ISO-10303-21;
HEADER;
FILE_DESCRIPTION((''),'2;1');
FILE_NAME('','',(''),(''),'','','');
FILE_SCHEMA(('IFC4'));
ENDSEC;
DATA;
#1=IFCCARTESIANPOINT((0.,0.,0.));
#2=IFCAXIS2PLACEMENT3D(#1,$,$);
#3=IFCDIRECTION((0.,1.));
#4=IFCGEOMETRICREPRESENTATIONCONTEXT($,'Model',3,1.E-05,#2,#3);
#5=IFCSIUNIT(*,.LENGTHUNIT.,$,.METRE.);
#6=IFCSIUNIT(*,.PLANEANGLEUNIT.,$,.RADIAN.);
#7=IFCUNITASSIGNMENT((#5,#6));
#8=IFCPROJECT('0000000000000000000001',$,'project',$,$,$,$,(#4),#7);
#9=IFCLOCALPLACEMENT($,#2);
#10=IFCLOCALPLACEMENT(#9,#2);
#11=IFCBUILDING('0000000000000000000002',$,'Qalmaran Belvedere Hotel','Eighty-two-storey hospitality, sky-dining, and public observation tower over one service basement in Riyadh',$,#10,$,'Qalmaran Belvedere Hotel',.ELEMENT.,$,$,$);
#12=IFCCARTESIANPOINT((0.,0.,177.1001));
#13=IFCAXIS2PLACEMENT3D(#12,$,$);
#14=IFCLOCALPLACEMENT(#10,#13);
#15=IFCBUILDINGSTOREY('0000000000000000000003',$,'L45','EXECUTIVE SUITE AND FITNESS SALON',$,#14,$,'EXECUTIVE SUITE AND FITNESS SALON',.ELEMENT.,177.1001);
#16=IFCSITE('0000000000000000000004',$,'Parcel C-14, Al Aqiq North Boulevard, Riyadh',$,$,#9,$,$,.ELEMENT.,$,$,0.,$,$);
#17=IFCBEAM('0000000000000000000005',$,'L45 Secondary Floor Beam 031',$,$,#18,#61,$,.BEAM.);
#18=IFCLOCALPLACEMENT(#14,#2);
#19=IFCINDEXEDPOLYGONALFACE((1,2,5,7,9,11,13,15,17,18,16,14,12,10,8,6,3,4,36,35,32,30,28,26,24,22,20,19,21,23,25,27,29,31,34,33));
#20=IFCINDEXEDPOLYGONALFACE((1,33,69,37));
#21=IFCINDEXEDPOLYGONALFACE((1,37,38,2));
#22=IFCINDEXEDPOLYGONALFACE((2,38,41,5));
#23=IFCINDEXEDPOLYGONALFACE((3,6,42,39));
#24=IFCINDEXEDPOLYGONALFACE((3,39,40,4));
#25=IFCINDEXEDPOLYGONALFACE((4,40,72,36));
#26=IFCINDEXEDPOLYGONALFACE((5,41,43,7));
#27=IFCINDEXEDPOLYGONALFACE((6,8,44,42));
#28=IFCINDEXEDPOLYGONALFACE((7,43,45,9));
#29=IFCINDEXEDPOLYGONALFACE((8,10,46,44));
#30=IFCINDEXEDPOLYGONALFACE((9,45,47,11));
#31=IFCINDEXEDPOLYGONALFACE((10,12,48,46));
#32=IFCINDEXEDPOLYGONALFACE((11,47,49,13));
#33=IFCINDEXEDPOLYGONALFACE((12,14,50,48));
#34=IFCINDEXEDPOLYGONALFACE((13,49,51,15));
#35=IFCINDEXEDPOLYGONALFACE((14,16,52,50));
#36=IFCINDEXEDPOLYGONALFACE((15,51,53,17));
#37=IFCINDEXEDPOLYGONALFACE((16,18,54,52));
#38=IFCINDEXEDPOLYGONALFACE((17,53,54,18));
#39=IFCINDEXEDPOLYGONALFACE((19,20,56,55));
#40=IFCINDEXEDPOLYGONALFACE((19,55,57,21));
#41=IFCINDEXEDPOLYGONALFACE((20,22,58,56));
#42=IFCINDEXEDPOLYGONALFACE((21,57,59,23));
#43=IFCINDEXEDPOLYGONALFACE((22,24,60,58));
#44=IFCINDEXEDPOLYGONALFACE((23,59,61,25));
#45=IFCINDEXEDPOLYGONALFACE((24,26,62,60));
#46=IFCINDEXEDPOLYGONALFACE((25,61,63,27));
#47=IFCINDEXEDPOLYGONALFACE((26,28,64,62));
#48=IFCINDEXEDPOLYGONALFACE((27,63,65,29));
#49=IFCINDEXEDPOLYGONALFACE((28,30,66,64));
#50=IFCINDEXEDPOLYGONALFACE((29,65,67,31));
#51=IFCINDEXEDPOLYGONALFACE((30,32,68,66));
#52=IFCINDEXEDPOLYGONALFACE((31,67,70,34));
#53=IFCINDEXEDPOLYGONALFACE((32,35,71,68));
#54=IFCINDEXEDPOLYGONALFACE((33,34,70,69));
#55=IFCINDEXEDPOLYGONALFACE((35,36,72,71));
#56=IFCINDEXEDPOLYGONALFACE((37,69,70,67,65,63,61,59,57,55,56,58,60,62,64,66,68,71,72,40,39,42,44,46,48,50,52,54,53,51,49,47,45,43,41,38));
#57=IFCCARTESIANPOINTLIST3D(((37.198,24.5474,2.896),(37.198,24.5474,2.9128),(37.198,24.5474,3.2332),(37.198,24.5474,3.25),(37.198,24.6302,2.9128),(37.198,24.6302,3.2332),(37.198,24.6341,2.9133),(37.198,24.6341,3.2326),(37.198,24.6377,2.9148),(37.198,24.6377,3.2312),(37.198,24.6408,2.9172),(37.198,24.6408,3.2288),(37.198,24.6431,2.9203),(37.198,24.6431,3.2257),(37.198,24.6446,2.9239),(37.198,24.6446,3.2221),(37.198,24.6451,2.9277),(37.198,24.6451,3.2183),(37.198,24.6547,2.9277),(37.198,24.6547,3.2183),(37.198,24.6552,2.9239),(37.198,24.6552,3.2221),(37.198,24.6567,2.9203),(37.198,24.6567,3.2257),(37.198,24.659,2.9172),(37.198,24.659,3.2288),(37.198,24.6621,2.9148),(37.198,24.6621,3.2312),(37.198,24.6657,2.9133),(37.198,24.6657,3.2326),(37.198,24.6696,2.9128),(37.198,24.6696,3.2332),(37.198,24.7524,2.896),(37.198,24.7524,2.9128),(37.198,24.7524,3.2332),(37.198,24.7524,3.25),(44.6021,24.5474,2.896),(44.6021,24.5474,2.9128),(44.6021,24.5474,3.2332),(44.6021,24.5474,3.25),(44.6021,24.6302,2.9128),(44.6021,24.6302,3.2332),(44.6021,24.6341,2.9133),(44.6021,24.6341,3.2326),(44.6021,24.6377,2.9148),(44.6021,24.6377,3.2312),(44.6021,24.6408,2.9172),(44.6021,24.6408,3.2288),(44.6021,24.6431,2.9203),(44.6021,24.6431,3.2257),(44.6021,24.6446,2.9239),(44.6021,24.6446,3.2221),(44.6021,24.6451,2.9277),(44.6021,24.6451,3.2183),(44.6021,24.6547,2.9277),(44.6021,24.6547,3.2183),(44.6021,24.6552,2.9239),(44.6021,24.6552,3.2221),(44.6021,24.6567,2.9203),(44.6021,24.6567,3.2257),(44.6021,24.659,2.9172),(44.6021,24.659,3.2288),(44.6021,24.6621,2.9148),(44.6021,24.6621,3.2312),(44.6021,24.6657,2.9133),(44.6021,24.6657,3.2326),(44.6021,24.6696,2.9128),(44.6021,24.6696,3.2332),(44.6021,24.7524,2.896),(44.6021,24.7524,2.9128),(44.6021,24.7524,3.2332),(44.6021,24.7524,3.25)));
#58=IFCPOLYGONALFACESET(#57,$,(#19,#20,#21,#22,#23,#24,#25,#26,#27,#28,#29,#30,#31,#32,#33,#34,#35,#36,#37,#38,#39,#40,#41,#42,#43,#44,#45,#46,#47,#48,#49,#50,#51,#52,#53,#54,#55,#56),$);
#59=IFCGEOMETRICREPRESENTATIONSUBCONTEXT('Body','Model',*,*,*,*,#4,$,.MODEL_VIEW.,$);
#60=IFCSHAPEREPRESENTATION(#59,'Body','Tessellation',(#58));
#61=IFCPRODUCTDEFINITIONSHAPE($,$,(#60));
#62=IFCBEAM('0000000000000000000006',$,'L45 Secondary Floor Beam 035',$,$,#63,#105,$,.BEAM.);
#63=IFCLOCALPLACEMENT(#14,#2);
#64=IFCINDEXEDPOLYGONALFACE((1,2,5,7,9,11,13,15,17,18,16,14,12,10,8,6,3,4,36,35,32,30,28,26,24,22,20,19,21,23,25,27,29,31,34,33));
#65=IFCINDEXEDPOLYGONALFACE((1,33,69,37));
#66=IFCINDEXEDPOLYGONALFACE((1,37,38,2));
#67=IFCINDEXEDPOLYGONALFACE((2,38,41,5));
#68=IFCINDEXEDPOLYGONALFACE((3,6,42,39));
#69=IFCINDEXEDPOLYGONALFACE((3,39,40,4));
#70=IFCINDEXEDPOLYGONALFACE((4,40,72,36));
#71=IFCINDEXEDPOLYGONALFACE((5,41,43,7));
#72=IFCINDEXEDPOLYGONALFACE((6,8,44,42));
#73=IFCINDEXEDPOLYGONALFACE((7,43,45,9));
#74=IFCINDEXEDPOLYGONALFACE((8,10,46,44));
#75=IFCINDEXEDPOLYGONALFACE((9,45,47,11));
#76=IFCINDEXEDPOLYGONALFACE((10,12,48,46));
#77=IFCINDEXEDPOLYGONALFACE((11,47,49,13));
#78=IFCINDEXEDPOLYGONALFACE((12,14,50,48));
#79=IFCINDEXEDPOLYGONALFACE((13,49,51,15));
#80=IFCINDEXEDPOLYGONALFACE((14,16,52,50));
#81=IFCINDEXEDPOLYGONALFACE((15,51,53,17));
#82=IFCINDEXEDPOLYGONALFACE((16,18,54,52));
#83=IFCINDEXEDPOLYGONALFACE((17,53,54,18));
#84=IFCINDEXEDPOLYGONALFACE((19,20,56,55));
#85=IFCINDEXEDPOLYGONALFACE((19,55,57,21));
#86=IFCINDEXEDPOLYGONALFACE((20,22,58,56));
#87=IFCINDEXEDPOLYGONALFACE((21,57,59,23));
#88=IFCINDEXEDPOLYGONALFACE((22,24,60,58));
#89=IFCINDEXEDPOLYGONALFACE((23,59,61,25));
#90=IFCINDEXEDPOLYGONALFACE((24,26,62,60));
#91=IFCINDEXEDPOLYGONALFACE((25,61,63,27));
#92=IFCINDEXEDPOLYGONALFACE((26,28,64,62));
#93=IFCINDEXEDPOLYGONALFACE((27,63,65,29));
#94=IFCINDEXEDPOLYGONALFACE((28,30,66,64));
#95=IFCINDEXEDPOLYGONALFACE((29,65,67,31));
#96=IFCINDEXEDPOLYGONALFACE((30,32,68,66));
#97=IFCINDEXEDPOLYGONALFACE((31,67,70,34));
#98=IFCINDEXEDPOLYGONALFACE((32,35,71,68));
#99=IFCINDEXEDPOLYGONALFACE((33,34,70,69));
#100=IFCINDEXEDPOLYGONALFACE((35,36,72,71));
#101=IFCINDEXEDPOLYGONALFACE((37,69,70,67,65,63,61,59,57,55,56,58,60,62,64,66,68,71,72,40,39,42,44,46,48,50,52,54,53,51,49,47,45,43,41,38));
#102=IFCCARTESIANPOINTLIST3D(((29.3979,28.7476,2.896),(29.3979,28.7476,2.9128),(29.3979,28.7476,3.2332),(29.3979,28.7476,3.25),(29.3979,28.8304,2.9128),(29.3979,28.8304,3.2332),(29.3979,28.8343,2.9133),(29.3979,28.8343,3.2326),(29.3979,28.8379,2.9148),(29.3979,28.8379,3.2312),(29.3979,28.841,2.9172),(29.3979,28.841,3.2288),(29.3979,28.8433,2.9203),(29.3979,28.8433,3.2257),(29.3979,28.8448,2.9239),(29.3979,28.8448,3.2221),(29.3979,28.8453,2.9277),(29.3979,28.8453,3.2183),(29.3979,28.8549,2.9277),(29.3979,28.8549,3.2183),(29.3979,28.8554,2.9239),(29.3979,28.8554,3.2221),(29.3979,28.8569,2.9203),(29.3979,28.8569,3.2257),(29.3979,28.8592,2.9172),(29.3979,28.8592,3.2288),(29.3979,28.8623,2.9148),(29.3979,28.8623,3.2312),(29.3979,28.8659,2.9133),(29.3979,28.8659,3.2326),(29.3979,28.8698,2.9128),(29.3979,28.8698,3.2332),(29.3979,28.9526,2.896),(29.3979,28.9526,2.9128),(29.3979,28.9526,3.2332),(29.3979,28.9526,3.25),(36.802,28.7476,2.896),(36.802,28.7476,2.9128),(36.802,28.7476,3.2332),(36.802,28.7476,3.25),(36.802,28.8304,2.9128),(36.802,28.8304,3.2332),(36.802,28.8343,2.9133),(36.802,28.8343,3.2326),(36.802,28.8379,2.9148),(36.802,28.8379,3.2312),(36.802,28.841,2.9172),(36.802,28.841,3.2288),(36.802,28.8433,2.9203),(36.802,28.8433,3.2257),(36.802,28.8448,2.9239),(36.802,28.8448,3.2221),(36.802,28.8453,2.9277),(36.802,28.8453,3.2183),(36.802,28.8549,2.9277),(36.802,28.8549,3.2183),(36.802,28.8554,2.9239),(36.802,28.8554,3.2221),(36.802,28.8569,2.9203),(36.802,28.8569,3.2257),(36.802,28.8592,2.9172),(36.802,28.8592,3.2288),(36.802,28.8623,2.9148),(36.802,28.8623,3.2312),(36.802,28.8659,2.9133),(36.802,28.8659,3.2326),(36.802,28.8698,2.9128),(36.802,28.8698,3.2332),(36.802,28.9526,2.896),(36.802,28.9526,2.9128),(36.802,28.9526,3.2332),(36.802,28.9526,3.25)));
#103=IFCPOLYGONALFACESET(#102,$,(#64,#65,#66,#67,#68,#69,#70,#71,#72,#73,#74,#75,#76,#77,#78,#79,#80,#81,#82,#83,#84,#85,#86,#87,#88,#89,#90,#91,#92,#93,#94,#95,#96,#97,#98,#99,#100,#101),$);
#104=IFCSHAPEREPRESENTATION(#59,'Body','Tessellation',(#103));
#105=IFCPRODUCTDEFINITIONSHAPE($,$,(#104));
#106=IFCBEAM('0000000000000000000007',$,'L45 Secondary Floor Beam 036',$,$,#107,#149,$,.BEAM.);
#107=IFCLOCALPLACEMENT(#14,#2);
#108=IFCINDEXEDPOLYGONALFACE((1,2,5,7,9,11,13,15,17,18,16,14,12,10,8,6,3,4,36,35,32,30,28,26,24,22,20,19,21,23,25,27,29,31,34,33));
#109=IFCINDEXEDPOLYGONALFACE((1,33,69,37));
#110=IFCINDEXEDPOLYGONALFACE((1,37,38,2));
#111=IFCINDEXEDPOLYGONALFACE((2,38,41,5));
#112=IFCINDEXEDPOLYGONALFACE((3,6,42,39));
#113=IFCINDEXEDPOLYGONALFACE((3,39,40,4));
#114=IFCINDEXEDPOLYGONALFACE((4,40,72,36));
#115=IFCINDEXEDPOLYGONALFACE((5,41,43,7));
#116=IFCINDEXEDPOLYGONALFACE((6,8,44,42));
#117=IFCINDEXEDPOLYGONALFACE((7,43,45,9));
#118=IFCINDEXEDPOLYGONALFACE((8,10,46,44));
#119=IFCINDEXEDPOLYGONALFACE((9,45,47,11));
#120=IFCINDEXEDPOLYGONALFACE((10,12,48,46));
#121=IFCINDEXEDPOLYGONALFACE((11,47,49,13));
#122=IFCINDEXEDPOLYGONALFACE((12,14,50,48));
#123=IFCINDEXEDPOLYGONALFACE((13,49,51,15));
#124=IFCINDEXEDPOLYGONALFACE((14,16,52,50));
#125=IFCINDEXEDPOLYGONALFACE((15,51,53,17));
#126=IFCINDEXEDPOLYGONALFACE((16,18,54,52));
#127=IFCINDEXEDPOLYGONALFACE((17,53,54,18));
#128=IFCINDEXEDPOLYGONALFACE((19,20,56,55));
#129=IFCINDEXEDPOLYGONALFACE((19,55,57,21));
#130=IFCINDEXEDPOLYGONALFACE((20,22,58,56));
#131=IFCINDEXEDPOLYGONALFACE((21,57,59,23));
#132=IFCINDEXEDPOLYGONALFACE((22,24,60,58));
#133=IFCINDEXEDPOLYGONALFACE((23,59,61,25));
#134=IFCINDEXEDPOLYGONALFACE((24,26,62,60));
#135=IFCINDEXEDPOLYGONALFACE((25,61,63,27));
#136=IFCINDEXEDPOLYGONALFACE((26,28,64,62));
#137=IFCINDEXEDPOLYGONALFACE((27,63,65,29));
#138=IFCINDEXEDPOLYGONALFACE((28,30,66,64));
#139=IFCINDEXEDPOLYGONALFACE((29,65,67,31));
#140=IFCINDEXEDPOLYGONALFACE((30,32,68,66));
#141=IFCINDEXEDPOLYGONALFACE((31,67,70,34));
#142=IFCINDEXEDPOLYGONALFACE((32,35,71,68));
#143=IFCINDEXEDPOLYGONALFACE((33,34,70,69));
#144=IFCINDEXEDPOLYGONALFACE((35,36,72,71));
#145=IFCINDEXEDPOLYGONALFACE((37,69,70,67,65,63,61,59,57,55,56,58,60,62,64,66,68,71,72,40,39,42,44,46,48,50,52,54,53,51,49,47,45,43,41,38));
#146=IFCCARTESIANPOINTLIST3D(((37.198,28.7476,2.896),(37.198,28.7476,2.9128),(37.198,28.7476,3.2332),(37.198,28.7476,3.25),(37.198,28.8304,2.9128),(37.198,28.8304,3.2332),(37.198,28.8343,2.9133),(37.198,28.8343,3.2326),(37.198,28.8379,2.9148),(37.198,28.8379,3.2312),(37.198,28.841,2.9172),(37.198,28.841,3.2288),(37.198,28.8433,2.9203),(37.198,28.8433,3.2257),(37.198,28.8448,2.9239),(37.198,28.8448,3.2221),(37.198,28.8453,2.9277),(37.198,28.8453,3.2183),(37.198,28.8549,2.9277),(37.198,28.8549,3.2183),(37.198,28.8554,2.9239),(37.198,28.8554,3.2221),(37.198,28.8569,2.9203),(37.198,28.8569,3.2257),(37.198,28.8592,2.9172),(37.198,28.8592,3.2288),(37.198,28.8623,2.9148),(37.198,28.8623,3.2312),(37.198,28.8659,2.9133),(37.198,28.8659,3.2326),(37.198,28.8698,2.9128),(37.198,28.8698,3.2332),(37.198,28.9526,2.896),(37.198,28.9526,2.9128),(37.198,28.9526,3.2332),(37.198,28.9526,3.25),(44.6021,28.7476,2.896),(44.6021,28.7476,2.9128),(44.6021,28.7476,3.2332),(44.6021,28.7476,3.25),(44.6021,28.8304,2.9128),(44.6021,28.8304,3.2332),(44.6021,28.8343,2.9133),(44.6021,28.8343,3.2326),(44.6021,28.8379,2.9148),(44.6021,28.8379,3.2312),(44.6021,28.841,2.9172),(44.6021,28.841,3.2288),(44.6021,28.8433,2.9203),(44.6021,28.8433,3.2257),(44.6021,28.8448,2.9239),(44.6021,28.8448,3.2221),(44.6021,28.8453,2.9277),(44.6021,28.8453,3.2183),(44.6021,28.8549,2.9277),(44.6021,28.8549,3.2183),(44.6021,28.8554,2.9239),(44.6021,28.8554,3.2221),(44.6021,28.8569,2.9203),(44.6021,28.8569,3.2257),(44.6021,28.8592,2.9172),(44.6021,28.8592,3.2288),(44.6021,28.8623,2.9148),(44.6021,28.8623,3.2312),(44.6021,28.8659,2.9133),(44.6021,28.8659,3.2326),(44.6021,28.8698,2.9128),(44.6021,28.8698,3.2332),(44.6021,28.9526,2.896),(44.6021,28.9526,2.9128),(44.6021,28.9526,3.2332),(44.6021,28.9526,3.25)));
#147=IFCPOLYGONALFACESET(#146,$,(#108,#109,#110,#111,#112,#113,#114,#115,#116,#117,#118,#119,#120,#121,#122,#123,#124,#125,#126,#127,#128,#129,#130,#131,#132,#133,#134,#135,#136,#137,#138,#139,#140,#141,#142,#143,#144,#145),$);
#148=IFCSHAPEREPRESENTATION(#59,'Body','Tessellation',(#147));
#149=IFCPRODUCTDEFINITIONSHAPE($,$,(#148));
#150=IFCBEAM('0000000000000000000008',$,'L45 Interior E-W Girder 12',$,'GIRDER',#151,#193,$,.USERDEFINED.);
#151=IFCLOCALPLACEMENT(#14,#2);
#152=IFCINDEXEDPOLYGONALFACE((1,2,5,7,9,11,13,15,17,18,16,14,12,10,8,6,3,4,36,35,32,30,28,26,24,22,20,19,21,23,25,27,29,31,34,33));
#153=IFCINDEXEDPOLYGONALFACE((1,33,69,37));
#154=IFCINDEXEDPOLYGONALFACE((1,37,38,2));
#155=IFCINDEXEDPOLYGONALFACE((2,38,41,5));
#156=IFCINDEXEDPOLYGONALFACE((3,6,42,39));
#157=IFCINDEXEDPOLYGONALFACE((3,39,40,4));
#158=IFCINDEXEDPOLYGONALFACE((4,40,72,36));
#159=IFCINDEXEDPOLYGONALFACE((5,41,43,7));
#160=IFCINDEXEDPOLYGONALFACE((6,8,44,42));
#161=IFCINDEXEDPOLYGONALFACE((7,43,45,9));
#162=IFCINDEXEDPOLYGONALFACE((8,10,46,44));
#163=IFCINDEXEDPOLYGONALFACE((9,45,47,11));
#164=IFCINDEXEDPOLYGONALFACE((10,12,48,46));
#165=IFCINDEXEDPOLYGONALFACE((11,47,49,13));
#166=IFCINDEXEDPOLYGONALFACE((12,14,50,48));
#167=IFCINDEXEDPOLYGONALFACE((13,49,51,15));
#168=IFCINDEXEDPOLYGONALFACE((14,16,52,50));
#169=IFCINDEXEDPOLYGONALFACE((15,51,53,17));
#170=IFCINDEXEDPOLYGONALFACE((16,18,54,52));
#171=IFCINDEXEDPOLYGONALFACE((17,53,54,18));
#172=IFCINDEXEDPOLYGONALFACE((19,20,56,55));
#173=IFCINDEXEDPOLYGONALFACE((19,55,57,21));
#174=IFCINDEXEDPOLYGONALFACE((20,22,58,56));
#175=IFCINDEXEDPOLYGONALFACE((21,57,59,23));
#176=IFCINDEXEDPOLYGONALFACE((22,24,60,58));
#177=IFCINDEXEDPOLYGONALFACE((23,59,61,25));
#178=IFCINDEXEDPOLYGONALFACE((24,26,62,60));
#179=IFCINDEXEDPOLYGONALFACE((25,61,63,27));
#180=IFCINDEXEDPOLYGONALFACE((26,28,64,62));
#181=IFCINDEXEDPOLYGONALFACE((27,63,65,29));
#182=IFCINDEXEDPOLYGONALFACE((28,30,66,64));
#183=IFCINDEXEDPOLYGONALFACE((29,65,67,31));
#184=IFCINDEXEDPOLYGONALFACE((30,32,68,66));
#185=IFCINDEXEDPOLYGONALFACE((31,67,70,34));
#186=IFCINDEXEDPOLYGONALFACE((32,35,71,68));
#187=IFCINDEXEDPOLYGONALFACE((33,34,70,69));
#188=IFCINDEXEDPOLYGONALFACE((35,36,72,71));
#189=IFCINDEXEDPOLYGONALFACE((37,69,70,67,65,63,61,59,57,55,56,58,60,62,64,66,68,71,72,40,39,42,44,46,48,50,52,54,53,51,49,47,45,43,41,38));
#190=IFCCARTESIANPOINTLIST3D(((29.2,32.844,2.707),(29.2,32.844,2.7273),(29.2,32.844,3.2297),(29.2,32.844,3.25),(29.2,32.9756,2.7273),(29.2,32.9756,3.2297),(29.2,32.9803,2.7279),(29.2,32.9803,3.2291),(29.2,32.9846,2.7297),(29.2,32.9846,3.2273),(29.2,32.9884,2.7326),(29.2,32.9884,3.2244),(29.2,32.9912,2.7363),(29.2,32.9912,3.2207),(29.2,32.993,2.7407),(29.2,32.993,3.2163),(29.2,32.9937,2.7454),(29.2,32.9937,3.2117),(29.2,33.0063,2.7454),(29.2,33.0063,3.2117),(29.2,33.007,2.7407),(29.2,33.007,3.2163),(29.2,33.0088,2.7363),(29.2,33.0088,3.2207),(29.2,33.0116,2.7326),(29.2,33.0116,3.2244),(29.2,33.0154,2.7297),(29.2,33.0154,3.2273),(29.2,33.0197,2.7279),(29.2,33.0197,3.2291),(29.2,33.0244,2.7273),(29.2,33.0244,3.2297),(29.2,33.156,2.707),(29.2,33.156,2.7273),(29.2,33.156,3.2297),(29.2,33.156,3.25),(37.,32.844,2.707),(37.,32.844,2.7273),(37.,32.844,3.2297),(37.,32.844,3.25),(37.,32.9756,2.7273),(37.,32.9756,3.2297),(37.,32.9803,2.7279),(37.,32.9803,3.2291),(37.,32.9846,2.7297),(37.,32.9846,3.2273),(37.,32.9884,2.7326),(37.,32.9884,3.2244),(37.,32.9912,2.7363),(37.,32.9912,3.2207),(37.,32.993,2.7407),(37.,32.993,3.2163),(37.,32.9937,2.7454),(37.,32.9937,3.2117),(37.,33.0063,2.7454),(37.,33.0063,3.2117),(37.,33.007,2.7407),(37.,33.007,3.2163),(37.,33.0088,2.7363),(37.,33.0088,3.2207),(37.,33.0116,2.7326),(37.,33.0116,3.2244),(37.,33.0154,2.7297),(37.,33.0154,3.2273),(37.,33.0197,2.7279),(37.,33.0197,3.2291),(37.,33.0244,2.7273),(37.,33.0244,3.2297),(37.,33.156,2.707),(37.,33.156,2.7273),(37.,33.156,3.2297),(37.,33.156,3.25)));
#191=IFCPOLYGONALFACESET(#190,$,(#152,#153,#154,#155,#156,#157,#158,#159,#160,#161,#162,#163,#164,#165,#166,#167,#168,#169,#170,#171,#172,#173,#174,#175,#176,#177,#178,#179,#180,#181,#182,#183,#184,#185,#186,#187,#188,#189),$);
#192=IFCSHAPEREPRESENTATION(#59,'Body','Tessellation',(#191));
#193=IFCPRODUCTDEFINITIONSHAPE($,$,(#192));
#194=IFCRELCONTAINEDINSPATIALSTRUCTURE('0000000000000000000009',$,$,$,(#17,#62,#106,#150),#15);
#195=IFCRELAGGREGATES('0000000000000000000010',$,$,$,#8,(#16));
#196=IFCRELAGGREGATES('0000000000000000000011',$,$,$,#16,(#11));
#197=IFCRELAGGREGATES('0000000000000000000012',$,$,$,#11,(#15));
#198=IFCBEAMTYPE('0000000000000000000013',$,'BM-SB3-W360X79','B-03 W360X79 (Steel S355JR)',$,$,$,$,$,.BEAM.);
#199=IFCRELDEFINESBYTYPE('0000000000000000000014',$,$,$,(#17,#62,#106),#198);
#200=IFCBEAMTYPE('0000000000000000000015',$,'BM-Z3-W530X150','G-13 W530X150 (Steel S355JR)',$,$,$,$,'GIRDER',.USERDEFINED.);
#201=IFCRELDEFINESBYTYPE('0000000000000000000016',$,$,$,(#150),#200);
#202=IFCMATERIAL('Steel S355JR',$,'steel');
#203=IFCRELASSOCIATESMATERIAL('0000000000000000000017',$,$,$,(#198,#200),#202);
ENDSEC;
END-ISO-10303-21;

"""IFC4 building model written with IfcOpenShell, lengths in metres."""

from ifc_helpers import new_model, si_unit, direction, frame, origin, origin_2d, place, context, subcontext, project, spatial, i_section, extrude, material, material_profile, profile_set, type_object, element, save


model = new_model("IFC4")

# Units and contexts
model_context = context("Model", 3, precision=1e-05, world=origin(), true_north=direction((0.0, 1.0)))
body_context = subcontext(model_context, "Body", "Model", "MODEL_VIEW")
ifc_project = project(units=[si_unit("LENGTHUNIT", "METRE"), si_unit("PLANEANGLEUNIT", "RADIAN")], contexts=[model_context])

# Site, building, storey
site_placement = place(None, origin())
site = spatial("IfcSite", under=ifc_project, at=site_placement, Name="Parcel C-14, Al Aqiq North Boulevard, Riyadh", CompositionType="ELEMENT", RefElevation=0.0)
building_placement = place(site_placement, origin())
building = spatial("IfcBuilding", under=site, at=building_placement, Name="Qalmaran Belvedere Hotel", Description="Eighty-two-storey hospitality, sky-dining, and public observation tower over one service basement in Riyadh", LongName="Qalmaran Belvedere Hotel", CompositionType="ELEMENT")
storey_placement = place(building_placement, frame((0.0, 0.0, 177.1001)))
storey = spatial("IfcBuildingStorey", under=building, at=storey_placement, Name="L45", Description="EXECUTIVE SUITE AND FITNESS SALON", LongName="EXECUTIVE SUITE AND FITNESS SALON", CompositionType="ELEMENT", Elevation=177.1001)

# Beams
ifc_material_1 = material(Name="Steel S355JR", Category="steel")
ifc_material_profile_1 = material_profile(ifc_material_1, i_section(OverallWidth=0.2051, OverallDepth=0.354, WebThickness=0.0095, FlangeThickness=0.0168, FilletRadius=0.0149, at=origin_2d()), Name="W360X79")
ifc_profile_set_1 = profile_set([ifc_material_profile_1], Name="Steel S355JR")
beam_type_1 = type_object("IfcBeamType", Name="BM-SB3-W360X79", Description="B-03 W360X79 (Steel S355JR)", PredefinedType="BEAM", material=ifc_profile_set_1)
for number, where, z_axis, x_axis, name in (
    (1, (37.198, 24.6499, 3.073), (1.0, 0.0, 0.0), (0.0, 1.0, 0.0), "L45 Secondary Floor Beam 031"),
    (2, (29.3979, 28.8501, 3.073), (1.0, 0.0, 0.0), (0.0, 1.0, 0.0), "L45 Secondary Floor Beam 035"),
    (3, (37.198, 28.8501, 3.073), (1.0, 0.0, 0.0), (0.0, 1.0, 0.0), "L45 Secondary Floor Beam 036"),
):
    element("IfcBeam", number, at=place(storey_placement, frame(where, z_axis=z_axis, x_axis=x_axis)), inside=storey, type_object=beam_type_1, Name=name, PredefinedType="BEAM", context=body_context, shape_type="SweptSolid", body=[
        extrude(i_section(OverallWidth=0.2051, OverallDepth=0.354, WebThickness=0.0095, FlangeThickness=0.0168, FilletRadius=0.0149, at=origin_2d()), origin(), (0.0, 0.0, 1.0), 7.4041),
    ])
ifc_material_profile_2 = material_profile(ifc_material_1, i_section(OverallWidth=0.312, OverallDepth=0.543, WebThickness=0.0127, FlangeThickness=0.0203, FilletRadius=0.0181, at=origin_2d()), Name="W530X150")
ifc_profile_set_2 = profile_set([ifc_material_profile_2], Name="Steel S355JR")
beam_type_2 = type_object("IfcBeamType", Name="BM-Z3-W530X150", Description="G-13 W530X150 (Steel S355JR)", ElementType="GIRDER", PredefinedType="USERDEFINED", material=ifc_profile_set_2)
for number, where, z_axis, x_axis, name in (
    (4, (29.2, 33.0, 2.9785), (1.0, 0.0, 0.0), (0.0, 1.0, 0.0), "L45 Interior E-W Girder 12"),
):
    element("IfcBeam", number, at=place(storey_placement, frame(where, z_axis=z_axis, x_axis=x_axis)), inside=storey, type_object=beam_type_2, Name=name, ObjectType="GIRDER", PredefinedType="USERDEFINED", context=body_context, shape_type="SweptSolid", body=[
        extrude(i_section(OverallWidth=0.312, OverallDepth=0.543, WebThickness=0.0127, FlangeThickness=0.0203, FilletRadius=0.0181, at=origin_2d()), origin(), (0.0, 0.0, 1.0), 7.8),
    ])

save(model, "model.ifc")
